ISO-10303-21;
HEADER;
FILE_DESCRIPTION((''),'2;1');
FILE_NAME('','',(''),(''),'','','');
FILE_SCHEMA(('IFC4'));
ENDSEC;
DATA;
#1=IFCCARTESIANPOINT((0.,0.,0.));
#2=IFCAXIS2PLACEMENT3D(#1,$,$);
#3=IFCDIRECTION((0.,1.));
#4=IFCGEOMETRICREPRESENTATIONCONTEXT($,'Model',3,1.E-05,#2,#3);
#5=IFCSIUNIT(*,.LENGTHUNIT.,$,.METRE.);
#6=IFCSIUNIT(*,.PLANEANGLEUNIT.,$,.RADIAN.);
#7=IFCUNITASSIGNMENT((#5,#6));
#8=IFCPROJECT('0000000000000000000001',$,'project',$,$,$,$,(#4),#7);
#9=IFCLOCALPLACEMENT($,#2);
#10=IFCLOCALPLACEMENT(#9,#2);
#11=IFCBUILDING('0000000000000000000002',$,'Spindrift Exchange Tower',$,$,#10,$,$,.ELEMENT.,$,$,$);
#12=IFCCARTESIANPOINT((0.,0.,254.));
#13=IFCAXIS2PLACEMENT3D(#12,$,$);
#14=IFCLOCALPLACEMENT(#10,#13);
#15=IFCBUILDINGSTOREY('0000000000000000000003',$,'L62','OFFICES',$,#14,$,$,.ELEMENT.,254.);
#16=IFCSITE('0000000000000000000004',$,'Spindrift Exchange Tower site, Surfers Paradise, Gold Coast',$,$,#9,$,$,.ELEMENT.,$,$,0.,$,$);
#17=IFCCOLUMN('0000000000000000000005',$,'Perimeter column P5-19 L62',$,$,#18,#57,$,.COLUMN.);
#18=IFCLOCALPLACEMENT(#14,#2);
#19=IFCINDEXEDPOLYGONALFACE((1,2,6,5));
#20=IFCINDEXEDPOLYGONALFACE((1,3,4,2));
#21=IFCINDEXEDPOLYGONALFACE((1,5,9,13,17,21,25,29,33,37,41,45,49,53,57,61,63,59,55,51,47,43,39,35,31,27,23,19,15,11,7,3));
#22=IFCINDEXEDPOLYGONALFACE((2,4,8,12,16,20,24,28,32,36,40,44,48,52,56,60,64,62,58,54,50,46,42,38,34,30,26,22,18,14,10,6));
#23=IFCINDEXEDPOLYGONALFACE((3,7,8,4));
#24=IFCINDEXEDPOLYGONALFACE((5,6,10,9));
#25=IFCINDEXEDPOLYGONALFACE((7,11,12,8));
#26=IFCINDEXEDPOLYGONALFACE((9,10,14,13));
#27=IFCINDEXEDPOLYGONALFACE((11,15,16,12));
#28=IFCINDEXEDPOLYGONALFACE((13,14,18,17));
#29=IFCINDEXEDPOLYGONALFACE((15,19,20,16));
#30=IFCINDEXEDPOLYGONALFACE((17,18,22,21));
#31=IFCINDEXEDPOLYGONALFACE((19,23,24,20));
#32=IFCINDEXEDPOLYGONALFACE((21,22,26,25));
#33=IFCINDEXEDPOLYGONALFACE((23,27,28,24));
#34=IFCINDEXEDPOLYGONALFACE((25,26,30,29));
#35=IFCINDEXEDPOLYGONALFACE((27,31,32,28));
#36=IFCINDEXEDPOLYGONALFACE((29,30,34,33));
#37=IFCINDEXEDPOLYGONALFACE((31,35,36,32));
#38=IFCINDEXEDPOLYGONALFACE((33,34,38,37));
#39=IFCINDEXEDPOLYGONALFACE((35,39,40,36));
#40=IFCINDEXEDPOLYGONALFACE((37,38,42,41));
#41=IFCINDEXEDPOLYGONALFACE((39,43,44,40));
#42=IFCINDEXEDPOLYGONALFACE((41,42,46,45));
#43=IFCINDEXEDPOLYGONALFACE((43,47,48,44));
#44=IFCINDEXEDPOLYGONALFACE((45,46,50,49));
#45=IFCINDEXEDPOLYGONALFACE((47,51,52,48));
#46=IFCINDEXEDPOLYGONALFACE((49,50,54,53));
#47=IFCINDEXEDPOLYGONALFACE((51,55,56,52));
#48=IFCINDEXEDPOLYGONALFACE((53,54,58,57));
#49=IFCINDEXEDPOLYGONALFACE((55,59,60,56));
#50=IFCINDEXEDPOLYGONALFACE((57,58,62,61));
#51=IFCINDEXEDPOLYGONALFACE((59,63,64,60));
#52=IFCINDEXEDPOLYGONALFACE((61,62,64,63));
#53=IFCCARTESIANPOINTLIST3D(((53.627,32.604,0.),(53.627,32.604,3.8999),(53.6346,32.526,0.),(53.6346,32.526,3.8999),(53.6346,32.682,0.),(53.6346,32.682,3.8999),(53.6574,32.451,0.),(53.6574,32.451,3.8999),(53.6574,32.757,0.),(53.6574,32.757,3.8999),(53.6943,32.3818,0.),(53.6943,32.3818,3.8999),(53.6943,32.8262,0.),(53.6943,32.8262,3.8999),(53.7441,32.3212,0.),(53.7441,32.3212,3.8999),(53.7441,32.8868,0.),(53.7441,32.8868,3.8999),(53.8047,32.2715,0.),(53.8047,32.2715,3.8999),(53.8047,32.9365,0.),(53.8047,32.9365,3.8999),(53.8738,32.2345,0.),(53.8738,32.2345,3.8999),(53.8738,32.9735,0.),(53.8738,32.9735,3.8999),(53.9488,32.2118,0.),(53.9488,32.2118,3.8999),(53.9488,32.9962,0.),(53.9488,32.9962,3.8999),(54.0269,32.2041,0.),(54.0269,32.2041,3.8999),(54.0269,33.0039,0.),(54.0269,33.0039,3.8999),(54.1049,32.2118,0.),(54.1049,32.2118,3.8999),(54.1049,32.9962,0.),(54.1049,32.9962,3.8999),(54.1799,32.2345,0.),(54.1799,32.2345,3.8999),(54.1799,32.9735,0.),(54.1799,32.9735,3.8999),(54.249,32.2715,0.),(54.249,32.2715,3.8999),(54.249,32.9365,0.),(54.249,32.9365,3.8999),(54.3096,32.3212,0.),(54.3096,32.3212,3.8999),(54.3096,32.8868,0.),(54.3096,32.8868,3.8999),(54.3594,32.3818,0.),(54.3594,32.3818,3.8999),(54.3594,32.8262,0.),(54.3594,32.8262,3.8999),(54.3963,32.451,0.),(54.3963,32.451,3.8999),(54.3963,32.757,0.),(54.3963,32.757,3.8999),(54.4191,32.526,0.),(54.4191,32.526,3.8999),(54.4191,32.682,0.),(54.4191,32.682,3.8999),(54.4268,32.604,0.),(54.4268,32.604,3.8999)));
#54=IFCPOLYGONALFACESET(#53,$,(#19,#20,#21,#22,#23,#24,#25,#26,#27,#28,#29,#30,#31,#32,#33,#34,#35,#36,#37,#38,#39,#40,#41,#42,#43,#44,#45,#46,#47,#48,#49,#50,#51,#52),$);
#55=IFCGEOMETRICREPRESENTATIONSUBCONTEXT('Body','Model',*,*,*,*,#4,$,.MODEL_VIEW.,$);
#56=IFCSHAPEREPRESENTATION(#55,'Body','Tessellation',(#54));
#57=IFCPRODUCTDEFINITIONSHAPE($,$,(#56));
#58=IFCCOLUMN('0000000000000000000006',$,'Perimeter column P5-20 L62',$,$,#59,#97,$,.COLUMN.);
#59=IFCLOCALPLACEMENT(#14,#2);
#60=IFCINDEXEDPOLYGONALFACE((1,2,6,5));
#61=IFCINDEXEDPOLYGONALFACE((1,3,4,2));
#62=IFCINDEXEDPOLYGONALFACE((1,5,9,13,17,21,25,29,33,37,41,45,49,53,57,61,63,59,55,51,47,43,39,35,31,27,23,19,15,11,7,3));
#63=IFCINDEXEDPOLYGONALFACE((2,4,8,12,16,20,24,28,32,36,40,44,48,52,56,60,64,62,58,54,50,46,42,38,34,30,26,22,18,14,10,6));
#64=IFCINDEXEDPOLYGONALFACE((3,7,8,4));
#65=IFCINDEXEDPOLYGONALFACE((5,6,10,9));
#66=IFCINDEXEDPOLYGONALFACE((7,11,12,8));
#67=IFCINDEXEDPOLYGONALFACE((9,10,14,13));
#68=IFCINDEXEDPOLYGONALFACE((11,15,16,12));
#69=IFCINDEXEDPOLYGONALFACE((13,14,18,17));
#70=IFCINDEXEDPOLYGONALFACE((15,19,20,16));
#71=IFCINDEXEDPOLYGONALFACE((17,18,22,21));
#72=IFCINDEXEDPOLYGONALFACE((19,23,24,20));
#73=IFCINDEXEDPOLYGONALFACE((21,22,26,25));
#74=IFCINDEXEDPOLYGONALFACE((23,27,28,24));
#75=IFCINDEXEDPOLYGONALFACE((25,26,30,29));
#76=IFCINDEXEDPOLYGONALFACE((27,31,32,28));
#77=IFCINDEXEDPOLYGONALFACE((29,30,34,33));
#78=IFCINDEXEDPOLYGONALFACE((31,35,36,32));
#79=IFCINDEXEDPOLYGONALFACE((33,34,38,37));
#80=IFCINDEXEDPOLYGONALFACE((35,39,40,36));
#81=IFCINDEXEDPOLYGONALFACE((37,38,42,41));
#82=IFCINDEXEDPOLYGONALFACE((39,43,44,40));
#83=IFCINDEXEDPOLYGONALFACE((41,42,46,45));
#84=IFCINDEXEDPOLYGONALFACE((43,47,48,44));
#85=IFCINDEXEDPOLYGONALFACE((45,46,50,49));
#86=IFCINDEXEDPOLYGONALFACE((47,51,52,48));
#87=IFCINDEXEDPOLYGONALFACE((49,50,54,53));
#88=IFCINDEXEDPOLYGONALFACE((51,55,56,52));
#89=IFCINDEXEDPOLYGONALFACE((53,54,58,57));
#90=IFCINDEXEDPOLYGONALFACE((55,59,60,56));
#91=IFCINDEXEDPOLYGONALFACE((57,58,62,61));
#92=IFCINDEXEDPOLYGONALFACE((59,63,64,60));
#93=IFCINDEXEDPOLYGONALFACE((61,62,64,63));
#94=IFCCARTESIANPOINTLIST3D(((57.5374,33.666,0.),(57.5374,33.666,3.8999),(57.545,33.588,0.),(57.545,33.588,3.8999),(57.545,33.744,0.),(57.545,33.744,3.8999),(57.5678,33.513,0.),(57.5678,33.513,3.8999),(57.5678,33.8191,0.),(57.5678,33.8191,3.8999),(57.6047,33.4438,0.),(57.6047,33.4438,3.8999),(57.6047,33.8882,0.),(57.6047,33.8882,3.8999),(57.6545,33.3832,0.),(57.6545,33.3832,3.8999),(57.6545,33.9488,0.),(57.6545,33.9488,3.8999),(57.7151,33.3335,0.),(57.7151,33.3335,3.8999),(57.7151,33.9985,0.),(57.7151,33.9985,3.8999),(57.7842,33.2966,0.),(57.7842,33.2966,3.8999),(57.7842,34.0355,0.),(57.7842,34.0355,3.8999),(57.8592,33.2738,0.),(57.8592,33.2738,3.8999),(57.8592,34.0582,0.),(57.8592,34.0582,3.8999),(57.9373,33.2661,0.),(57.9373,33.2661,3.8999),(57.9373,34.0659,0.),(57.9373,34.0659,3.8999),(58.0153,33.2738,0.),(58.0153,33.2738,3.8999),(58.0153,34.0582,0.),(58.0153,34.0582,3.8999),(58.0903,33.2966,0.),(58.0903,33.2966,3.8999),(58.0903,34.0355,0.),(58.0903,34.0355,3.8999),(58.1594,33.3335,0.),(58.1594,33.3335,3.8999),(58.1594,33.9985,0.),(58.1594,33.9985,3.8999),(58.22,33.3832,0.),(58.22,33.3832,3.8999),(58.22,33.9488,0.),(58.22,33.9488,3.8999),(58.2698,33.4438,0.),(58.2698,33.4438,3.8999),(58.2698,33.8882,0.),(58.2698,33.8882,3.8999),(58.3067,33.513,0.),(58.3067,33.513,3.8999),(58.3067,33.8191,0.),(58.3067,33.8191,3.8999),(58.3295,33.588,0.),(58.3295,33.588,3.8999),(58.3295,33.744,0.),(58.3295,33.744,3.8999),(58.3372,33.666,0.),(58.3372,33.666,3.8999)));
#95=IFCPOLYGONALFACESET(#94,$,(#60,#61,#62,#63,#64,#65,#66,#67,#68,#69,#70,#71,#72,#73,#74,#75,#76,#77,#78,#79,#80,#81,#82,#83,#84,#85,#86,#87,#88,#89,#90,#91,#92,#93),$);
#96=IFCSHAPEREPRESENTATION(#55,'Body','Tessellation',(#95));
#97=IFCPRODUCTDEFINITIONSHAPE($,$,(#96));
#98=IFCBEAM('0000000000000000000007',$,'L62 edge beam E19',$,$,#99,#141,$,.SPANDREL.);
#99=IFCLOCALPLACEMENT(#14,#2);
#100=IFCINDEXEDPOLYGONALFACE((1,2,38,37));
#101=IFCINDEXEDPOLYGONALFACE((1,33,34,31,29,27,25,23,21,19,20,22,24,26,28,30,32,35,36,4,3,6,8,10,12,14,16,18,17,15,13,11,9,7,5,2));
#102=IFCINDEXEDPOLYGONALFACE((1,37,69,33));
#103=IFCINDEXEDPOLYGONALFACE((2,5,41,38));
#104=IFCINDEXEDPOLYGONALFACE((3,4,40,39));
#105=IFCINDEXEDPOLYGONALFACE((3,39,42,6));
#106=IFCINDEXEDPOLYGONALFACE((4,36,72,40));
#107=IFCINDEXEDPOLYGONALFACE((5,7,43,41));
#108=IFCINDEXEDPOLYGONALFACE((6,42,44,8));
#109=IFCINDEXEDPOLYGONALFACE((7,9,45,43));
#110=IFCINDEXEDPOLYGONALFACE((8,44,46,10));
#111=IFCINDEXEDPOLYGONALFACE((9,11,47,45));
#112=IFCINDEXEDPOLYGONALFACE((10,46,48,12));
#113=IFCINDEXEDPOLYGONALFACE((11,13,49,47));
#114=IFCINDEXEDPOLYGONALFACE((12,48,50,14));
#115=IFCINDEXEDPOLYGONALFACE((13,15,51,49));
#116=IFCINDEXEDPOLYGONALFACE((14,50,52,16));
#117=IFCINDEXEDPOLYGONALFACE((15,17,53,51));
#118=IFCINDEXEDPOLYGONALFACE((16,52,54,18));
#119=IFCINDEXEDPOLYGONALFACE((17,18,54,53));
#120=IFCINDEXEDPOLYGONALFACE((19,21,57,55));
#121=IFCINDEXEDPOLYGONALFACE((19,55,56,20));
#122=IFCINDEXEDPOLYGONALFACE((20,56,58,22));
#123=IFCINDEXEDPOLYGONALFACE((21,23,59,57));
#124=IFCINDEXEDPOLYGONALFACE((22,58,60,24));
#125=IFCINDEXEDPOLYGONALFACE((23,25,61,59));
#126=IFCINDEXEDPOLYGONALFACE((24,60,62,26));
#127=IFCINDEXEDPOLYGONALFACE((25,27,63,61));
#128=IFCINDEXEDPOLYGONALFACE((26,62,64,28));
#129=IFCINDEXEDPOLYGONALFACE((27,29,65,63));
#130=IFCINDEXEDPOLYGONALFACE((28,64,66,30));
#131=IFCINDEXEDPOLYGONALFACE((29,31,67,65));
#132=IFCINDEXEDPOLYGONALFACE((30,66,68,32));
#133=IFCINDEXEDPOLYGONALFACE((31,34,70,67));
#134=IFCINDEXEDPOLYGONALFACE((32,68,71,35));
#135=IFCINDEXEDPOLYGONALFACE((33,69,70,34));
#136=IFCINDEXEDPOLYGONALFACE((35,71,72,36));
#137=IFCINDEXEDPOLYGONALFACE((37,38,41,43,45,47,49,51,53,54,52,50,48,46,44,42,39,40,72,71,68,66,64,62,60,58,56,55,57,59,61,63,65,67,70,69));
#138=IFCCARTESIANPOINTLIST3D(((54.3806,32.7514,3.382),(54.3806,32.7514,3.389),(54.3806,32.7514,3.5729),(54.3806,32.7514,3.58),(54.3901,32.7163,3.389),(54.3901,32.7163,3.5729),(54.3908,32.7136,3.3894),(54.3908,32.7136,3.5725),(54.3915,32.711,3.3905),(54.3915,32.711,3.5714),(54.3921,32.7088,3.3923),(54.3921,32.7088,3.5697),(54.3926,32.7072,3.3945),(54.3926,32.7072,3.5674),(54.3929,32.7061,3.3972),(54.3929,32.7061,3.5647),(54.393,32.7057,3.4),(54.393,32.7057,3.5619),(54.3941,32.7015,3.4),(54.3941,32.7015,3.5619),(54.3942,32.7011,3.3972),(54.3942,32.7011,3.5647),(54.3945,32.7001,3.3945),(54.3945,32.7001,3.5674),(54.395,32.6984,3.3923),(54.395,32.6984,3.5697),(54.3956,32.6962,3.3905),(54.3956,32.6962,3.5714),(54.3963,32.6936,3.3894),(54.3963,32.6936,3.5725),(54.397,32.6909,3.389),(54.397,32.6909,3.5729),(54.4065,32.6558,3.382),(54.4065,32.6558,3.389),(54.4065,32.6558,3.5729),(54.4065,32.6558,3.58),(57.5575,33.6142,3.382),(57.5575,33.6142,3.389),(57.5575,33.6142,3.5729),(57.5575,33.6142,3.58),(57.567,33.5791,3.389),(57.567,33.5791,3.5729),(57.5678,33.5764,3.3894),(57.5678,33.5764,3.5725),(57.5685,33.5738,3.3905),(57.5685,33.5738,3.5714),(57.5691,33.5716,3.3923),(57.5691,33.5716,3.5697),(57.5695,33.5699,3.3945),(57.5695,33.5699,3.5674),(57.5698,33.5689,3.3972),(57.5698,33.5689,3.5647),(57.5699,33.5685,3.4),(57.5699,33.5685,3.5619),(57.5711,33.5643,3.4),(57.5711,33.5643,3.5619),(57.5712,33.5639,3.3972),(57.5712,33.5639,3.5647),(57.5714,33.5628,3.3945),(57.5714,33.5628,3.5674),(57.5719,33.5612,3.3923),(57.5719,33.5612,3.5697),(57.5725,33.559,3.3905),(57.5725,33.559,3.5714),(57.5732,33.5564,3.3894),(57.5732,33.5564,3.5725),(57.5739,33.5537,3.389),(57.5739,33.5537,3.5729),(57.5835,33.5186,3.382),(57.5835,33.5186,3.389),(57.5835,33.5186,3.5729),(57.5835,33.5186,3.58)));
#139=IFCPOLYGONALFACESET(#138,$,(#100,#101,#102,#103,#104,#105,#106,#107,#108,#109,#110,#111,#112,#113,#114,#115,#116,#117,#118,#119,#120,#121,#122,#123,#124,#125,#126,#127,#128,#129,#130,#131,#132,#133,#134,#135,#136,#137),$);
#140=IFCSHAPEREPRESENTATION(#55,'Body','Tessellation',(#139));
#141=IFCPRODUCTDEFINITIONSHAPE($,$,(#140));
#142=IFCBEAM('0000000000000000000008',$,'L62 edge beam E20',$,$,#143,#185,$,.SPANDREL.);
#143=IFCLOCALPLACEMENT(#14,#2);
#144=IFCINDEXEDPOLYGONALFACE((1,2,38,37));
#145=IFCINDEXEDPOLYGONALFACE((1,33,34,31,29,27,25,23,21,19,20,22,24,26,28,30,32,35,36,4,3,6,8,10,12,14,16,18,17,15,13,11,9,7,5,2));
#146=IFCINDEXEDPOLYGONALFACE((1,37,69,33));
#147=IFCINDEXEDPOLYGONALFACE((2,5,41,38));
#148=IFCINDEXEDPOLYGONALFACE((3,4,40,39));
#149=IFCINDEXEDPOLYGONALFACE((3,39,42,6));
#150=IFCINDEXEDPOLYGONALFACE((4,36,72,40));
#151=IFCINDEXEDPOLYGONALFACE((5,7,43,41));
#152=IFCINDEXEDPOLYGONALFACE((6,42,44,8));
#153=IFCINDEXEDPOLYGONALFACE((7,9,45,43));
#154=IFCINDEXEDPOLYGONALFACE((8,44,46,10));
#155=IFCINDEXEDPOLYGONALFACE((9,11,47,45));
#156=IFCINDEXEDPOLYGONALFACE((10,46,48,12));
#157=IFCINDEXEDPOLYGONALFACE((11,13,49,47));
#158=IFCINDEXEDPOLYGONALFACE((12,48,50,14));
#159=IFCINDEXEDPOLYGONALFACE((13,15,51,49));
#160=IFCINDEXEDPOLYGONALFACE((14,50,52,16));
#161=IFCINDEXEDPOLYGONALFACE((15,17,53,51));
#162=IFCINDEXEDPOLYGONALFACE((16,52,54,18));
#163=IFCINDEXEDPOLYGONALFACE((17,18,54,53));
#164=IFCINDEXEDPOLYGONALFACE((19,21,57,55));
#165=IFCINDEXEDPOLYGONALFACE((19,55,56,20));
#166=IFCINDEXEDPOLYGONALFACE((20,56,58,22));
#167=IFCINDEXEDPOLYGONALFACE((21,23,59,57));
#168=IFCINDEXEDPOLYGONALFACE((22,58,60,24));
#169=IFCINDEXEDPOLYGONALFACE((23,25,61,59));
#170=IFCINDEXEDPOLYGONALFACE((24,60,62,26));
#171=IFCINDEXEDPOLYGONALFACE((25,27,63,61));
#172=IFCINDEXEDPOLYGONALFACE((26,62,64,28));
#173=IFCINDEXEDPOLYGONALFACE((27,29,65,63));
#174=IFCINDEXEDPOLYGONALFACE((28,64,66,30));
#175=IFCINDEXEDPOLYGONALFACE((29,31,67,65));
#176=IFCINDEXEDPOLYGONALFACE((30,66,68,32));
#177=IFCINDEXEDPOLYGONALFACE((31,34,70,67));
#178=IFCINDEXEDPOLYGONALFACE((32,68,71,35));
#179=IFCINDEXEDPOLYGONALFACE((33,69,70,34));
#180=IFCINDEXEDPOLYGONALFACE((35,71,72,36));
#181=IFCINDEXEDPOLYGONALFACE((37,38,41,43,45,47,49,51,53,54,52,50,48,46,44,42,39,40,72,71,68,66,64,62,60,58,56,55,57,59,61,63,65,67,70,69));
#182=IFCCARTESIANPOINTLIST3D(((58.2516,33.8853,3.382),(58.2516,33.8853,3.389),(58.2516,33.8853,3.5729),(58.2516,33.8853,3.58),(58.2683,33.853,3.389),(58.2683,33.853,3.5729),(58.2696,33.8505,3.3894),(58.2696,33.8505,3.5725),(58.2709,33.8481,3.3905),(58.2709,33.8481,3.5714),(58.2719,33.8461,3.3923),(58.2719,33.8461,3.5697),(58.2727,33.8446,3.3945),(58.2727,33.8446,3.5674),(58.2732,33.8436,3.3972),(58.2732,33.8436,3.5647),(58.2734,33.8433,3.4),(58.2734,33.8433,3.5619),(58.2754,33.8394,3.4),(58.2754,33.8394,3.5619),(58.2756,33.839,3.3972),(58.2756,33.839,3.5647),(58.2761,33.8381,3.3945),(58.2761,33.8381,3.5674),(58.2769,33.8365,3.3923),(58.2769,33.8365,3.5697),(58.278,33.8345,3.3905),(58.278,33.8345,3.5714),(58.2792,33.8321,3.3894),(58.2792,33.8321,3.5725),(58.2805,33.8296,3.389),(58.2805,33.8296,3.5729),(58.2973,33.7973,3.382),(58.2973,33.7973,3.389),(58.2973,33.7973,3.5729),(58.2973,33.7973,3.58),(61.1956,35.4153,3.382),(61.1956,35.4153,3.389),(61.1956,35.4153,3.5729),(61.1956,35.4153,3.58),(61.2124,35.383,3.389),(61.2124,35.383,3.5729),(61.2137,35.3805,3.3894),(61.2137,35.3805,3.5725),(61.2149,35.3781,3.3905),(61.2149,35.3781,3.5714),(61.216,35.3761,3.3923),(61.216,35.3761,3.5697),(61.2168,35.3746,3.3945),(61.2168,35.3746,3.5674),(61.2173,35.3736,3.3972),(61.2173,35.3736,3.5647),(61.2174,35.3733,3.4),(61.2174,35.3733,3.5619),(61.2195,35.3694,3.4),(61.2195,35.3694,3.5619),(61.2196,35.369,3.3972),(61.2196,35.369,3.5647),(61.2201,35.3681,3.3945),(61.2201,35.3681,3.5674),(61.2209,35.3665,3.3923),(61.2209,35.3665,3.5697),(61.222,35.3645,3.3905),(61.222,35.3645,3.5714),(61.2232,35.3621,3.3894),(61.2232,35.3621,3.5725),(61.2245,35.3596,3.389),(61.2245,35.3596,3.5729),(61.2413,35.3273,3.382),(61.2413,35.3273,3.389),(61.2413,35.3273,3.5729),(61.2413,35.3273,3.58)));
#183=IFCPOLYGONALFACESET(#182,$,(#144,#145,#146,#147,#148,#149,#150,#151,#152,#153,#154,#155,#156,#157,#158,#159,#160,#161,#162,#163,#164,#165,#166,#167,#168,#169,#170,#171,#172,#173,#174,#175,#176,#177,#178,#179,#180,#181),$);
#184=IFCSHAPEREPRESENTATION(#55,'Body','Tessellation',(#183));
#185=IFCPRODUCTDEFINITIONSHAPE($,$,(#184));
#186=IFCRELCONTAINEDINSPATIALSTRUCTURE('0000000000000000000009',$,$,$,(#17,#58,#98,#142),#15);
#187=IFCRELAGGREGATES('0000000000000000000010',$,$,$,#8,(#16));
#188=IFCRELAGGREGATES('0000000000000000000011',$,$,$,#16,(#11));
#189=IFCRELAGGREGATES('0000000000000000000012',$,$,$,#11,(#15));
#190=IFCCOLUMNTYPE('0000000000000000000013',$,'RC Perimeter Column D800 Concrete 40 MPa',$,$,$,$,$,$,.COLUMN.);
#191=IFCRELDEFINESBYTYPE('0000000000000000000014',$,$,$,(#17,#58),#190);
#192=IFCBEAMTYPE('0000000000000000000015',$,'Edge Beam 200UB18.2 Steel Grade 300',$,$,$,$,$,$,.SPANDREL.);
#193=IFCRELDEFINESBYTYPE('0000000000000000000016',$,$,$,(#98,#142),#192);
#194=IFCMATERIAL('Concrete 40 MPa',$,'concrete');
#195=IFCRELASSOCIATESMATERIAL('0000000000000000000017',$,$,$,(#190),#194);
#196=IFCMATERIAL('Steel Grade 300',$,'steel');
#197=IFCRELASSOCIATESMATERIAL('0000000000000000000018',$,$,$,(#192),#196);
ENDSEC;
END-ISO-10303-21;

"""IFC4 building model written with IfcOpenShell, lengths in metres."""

from ifc_helpers import new_model, si_unit, direction, frame, origin, origin_2d, place, context, subcontext, project, spatial, circle, i_section, extrude, source, transform, mapped, material, material_profile, profile_set, type_object, element, save


model = new_model("IFC4")

# Units and contexts
model_context = context("Model", 3, precision=1e-05, world=origin(), true_north=direction((0.0, 1.0)))
body_context = subcontext(model_context, "Body", "Model", "MODEL_VIEW")
ifc_project = project(units=[si_unit("LENGTHUNIT", "METRE"), si_unit("PLANEANGLEUNIT", "RADIAN")], contexts=[model_context])

# Site, building, storey
site_placement = place(None, origin())
site = spatial("IfcSite", under=ifc_project, at=site_placement, Name="Spindrift Exchange Tower site, Surfers Paradise, Gold Coast", CompositionType="ELEMENT", RefElevation=0.0)
building_placement = place(site_placement, origin())
building = spatial("IfcBuilding", under=site, at=building_placement, Name="Spindrift Exchange Tower", CompositionType="ELEMENT")
storey_placement = place(building_placement, frame((0.0, 0.0, 254.0)))
storey = spatial("IfcBuildingStorey", under=building, at=storey_placement, Name="L62", Description="OFFICES", CompositionType="ELEMENT", Elevation=254.0)

# Columns
ifc_material_1 = material(Name="Concrete 40 MPa", Category="concrete")
ifc_material_profile_1 = material_profile(ifc_material_1, circle(Radius=0.3999, at=origin_2d()), Name="RC D800")
ifc_profile_set_1 = profile_set([ifc_material_profile_1], Name="Concrete 40 MPa")
column_type = type_object("IfcColumnType", Name="RC Perimeter Column D800 Concrete 40 MPa", PredefinedType="COLUMN", material=ifc_profile_set_1)
shared_shape_1 = source(origin(), body_context, "Body", "SweptSolid", [
    extrude(circle(Radius=0.3999, at=origin_2d()), origin(), (0.0, 0.0, 1.0), 3.8999),
])
for number, where, z_axis, x_axis, name in (
    (1, (54.0269, 32.604, 0.0), (0.0, 0.0, 1.0), (1.0, 0.0, 0.0), "Perimeter column P5-19 L62"),
    (2, (57.9373, 33.666, 0.0), (0.0, 0.0, 1.0), (1.0, 0.0, 0.0), "Perimeter column P5-20 L62"),
):
    element("IfcColumn", number, at=place(storey_placement, frame(where, z_axis=z_axis, x_axis=x_axis)), inside=storey, type_object=column_type, Name=name, PredefinedType="COLUMN", context=body_context, shape_type="MappedRepresentation", body=[
        mapped(shared_shape_1, transform((0.0, 0.0, 0.0), scale=1.0)),
    ])

# Beams
ifc_material_2 = material(Name="Steel Grade 300", Category="steel")
ifc_material_profile_2 = material_profile(ifc_material_2, i_section(OverallWidth=0.0991, OverallDepth=0.198, WebThickness=0.0044, FlangeThickness=0.0071, FilletRadius=0.011, at=origin_2d()), Name="200UB18.2")
ifc_profile_set_2 = profile_set([ifc_material_profile_2], Name="Steel Grade 300")
beam_type = type_object("IfcBeamType", Name="Edge Beam 200UB18.2 Steel Grade 300", PredefinedType="SPANDREL", material=ifc_profile_set_2)
shared_shape_2 = source(origin(), body_context, "Body", "SweptSolid", [
    extrude(i_section(OverallWidth=0.0991, OverallDepth=0.198, WebThickness=0.0044, FlangeThickness=0.0071, FilletRadius=0.011, at=origin_2d()), origin(), (0.0, 0.0, 1.0), 3.292),
])
beam_1_placement = place(storey_placement, frame((54.3936, 32.7036, 3.481), z_axis=(0.965046, 0.262082, 0.0), x_axis=(-0.262082, 0.965046, 0.0)))
element("IfcBeam", 3, at=beam_1_placement, inside=storey, type_object=beam_type, Name="L62 edge beam E19", PredefinedType="SPANDREL", context=body_context, shape_type="MappedRepresentation", body=[
    mapped(shared_shape_2, transform((0.0, 0.0, 0.0), scale=1.0)),
])
shared_shape_3 = source(origin(), body_context, "Body", "SweptSolid", [
    extrude(i_section(OverallWidth=0.0991, OverallDepth=0.198, WebThickness=0.0044, FlangeThickness=0.0071, FilletRadius=0.011, at=origin_2d()), origin(), (0.0, 0.0, 1.0), 3.3179),
])
beam_2_placement = place(storey_placement, frame((58.2744, 33.8413, 3.481), z_axis=(0.887328, 0.46114, 0.0), x_axis=(-0.46114, 0.887328, 0.0)))
element("IfcBeam", 4, at=beam_2_placement, inside=storey, type_object=beam_type, Name="L62 edge beam E20", PredefinedType="SPANDREL", context=body_context, shape_type="MappedRepresentation", body=[
    mapped(shared_shape_3, transform((0.0, 0.0, 0.0), scale=1.0)),
])

save(model, "model.ifc")
